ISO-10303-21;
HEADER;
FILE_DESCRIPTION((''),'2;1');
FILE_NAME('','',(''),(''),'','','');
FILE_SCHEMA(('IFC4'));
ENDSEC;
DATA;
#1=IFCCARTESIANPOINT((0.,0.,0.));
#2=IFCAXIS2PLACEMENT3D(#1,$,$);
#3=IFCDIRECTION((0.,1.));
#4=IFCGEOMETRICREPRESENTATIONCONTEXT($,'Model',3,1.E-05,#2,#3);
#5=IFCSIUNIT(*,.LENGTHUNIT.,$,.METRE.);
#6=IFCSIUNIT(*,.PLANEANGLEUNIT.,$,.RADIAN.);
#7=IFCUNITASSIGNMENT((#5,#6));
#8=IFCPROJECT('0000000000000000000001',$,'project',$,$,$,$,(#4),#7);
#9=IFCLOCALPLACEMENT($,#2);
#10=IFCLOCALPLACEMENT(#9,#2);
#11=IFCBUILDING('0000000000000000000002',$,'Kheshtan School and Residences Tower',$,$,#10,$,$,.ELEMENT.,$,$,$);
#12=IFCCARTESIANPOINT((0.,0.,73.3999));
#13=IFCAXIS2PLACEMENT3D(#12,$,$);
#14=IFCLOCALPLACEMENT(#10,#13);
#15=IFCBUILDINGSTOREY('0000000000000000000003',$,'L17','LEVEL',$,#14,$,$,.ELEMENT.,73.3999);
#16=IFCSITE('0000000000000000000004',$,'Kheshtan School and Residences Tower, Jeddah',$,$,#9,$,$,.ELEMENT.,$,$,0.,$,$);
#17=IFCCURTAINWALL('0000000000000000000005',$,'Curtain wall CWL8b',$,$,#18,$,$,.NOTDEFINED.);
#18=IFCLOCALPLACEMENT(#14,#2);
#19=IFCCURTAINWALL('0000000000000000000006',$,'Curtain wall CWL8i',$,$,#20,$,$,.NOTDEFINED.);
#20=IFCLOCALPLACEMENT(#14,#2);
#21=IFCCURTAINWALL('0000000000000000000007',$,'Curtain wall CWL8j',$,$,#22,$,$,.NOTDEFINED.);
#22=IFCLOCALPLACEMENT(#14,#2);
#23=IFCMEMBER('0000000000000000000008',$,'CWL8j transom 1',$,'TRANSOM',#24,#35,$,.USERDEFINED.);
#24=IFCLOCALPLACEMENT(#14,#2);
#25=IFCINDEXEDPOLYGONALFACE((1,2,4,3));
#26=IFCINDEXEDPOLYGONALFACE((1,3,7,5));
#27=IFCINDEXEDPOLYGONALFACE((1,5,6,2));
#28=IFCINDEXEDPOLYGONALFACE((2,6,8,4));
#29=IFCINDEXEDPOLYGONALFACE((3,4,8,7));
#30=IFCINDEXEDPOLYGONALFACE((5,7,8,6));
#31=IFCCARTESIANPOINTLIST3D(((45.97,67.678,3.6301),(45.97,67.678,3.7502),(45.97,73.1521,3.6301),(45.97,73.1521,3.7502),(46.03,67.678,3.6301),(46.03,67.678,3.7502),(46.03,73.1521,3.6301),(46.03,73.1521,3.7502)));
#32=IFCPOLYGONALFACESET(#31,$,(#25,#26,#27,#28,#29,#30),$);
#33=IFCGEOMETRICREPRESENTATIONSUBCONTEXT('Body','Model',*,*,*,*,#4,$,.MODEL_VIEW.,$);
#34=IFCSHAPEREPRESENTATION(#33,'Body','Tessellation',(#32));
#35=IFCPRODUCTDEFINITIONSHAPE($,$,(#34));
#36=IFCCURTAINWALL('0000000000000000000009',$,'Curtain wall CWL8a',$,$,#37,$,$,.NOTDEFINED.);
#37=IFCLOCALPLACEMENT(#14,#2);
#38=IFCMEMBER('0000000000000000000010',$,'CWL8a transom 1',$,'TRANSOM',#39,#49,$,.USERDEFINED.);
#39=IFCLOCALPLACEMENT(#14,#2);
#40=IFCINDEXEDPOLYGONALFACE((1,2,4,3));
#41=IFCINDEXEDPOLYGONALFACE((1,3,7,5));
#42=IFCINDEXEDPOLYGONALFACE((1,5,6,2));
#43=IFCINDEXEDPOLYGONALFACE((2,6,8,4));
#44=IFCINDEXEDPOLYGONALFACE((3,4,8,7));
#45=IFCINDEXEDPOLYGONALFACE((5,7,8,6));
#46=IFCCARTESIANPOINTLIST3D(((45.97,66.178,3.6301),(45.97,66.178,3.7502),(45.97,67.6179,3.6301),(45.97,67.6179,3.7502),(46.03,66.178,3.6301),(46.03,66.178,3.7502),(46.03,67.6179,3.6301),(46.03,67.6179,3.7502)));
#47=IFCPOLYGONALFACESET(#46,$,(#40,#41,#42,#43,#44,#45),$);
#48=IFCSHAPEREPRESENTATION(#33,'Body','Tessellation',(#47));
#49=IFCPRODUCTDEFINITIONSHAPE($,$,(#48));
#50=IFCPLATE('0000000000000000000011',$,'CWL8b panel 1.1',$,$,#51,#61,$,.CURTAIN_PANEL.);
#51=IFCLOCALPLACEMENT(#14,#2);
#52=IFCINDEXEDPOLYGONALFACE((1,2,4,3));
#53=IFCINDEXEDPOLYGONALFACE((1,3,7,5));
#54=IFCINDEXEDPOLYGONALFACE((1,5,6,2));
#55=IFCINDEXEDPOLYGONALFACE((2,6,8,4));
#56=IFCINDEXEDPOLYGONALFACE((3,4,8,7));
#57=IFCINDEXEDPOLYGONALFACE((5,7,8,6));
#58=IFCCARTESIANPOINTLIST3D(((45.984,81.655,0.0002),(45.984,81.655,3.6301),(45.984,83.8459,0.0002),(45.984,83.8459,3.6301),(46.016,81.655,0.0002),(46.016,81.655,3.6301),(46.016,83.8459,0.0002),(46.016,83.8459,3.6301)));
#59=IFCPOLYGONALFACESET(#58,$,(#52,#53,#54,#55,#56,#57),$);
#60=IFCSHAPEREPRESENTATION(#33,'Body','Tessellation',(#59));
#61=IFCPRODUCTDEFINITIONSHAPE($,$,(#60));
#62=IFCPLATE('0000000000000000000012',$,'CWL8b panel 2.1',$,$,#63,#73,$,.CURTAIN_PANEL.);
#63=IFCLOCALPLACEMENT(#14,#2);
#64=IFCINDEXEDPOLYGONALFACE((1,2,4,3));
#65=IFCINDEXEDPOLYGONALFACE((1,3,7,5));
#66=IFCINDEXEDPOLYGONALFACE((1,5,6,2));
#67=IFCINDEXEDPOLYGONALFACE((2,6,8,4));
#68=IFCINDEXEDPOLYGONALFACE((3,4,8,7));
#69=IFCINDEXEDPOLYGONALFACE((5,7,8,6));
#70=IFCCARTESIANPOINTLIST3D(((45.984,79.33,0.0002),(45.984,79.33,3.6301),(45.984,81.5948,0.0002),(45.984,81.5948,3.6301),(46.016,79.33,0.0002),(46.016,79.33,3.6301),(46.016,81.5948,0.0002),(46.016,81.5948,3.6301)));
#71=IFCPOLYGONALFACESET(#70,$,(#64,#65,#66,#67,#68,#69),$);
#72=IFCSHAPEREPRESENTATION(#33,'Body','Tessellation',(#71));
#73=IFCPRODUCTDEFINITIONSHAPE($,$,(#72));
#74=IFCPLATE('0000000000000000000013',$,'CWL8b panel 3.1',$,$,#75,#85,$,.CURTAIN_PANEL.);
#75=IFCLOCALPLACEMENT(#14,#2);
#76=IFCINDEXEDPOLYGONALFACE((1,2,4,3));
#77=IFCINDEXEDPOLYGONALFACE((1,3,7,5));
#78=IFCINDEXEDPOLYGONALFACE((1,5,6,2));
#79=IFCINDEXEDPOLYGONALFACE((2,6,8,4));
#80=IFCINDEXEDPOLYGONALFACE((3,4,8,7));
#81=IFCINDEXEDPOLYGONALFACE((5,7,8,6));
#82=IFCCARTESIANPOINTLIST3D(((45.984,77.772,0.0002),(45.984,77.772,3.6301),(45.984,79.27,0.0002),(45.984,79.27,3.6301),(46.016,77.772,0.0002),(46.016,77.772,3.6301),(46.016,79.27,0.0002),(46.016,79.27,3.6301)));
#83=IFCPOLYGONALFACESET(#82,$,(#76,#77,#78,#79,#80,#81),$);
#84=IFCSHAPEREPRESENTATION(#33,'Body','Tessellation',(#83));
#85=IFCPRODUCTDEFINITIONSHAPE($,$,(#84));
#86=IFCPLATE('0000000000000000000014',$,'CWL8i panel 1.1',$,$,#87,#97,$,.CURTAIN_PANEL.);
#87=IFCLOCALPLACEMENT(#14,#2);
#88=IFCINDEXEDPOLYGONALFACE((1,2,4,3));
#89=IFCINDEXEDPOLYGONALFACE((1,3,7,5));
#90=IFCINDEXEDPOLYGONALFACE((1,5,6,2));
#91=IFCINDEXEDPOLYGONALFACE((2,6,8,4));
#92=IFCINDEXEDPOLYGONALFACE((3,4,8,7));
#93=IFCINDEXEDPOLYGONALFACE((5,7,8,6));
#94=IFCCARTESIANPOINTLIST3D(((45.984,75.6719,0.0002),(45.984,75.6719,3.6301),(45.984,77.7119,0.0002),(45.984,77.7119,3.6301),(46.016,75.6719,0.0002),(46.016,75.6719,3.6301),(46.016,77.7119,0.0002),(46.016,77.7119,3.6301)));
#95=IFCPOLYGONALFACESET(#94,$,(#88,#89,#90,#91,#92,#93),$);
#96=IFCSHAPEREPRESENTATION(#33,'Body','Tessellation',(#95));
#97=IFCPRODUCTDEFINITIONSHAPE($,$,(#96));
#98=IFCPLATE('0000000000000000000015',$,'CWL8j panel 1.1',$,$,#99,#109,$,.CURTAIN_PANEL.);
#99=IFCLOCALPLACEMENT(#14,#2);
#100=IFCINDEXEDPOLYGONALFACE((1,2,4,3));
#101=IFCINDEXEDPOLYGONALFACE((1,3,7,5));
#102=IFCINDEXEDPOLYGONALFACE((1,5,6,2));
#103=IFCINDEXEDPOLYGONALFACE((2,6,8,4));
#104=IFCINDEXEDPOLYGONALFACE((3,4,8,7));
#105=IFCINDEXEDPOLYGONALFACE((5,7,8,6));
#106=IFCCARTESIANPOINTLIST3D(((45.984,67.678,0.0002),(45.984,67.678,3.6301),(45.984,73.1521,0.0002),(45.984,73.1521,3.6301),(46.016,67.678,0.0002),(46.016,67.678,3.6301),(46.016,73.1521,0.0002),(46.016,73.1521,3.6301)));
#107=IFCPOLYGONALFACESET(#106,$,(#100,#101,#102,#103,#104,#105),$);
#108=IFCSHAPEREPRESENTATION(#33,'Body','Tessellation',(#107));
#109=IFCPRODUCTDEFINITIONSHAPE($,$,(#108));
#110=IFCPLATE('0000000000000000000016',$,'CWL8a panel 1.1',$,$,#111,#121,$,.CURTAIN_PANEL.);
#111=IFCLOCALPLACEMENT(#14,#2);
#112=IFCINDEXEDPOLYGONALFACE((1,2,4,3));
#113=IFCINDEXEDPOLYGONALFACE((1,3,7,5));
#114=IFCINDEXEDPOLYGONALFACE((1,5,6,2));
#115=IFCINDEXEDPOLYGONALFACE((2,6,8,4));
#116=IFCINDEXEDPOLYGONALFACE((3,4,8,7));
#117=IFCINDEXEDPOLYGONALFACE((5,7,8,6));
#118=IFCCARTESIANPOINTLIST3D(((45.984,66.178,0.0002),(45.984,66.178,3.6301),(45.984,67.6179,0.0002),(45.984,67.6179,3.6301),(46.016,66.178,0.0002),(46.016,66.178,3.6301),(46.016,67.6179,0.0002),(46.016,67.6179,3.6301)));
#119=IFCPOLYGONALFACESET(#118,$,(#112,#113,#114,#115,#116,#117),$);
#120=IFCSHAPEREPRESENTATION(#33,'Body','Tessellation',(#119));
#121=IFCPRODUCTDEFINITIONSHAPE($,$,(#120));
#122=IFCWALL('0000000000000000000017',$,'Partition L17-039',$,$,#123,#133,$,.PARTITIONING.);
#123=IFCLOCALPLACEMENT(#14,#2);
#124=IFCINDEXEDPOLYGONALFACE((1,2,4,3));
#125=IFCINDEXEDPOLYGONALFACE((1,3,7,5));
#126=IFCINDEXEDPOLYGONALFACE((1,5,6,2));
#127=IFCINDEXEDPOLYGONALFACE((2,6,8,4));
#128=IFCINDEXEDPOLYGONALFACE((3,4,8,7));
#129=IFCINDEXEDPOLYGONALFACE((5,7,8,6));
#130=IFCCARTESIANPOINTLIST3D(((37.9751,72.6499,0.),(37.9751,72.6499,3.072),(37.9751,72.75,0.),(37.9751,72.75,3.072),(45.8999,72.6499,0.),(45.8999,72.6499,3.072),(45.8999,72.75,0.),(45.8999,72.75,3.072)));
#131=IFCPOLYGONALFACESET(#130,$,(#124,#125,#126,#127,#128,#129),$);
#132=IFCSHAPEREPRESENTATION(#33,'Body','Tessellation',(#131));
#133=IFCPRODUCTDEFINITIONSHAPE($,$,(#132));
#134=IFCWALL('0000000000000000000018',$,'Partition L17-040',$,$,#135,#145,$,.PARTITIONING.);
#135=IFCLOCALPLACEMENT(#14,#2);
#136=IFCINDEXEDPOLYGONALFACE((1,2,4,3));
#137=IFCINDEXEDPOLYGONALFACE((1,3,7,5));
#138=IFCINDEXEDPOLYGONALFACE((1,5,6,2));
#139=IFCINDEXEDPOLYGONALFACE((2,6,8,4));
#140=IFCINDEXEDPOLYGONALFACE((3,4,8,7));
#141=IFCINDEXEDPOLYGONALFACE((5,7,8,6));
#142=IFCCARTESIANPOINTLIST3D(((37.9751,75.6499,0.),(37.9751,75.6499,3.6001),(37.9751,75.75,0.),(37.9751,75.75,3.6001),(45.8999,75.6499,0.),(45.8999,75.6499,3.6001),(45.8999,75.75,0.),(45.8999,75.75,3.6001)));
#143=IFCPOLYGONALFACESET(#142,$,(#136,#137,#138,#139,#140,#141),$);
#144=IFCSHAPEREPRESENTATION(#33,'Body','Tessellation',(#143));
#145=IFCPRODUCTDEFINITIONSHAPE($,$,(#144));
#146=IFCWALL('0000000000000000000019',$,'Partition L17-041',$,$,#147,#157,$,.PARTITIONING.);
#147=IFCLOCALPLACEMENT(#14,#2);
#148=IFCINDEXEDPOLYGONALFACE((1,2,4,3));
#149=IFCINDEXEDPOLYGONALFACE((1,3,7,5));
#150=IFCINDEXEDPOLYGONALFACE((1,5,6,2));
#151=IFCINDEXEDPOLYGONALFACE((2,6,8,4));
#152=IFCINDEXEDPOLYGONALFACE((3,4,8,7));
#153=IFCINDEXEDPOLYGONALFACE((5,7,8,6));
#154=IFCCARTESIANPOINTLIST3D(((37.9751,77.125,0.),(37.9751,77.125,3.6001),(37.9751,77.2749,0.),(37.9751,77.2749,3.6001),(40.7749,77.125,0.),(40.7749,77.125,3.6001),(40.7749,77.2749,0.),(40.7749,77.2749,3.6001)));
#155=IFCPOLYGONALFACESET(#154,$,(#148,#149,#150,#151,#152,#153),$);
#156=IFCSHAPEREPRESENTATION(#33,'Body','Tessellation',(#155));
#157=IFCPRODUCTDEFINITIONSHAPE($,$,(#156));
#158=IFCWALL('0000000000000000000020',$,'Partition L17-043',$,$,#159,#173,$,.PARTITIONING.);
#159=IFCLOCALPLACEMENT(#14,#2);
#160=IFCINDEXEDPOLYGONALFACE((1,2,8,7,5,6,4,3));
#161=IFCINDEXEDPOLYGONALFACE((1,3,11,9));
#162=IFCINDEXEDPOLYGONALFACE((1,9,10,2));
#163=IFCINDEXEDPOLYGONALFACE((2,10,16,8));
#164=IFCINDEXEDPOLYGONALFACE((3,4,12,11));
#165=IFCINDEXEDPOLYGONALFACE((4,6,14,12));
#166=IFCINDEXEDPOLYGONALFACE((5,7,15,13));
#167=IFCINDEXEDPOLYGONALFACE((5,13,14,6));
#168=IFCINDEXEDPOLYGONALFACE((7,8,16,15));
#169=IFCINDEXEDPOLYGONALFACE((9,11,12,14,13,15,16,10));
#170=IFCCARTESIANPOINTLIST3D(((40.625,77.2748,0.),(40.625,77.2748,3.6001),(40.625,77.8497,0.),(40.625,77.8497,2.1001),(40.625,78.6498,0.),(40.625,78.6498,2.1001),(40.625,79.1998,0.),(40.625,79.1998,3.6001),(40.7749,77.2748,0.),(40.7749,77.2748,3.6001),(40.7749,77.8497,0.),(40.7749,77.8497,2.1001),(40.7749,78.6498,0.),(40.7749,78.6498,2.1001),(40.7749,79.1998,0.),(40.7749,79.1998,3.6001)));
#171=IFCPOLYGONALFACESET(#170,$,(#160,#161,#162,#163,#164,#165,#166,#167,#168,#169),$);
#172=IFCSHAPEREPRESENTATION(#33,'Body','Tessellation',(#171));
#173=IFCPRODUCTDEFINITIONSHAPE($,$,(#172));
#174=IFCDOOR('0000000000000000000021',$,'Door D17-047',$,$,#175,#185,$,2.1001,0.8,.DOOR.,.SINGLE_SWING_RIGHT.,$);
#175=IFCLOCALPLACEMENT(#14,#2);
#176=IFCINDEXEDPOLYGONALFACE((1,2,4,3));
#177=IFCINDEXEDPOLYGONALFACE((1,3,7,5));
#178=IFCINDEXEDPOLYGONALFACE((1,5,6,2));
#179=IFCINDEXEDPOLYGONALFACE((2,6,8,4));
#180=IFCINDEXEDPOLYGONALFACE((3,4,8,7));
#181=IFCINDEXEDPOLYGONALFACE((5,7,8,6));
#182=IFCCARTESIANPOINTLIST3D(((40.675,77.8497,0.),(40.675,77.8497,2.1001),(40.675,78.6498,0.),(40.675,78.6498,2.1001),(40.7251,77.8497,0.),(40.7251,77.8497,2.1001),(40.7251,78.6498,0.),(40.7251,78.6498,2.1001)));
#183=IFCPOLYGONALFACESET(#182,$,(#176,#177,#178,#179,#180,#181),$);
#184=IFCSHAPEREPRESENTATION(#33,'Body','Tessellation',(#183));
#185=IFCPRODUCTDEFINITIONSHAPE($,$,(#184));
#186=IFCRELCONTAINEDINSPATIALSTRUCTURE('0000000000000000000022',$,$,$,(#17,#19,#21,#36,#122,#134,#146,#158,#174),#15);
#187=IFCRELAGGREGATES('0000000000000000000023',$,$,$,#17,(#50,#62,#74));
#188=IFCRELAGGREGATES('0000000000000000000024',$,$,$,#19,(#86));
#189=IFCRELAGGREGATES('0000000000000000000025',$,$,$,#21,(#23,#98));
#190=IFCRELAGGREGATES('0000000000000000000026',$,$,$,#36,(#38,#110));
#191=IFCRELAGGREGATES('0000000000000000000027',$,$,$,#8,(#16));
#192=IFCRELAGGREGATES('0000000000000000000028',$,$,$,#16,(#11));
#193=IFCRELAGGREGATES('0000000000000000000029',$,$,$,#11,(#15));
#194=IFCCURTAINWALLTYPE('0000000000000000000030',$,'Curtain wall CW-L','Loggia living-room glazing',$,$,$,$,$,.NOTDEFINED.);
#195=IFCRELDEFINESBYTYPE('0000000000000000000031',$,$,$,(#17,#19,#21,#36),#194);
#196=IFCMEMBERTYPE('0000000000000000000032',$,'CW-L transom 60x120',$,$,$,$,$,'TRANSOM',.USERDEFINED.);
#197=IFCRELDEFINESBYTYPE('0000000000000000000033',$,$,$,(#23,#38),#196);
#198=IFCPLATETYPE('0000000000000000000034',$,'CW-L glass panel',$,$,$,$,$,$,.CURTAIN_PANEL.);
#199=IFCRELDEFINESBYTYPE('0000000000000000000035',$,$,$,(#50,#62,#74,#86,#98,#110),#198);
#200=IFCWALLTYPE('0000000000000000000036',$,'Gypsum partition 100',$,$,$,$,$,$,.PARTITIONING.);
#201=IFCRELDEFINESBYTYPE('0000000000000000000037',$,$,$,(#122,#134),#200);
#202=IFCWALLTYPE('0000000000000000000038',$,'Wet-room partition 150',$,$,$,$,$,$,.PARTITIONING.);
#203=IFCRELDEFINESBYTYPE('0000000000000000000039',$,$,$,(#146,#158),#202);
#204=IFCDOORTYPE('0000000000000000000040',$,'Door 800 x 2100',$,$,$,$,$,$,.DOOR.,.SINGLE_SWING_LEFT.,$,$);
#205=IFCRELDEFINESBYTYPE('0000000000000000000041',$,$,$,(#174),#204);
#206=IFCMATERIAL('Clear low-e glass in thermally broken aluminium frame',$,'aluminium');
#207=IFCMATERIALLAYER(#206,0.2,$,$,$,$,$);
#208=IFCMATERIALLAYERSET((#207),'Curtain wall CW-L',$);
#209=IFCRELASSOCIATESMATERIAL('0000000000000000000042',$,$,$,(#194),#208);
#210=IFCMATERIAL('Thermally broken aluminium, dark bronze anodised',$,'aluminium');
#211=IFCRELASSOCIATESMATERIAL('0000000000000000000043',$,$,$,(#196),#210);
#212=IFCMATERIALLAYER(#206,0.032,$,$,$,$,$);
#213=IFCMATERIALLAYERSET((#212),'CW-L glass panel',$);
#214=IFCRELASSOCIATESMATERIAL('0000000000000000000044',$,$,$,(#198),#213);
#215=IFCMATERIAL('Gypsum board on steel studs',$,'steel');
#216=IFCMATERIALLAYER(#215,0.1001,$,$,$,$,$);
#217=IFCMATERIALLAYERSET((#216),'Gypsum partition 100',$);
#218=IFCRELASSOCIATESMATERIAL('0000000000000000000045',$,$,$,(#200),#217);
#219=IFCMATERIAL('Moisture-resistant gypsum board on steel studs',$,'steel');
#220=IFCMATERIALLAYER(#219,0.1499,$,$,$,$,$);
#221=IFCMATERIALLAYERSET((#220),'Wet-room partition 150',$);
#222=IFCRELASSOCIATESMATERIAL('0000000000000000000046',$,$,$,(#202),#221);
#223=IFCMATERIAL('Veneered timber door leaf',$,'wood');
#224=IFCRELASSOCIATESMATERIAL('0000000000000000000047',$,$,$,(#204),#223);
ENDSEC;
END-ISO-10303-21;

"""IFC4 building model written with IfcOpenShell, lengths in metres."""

from ifc_helpers import new_model, si_unit, direction, frame, frame_2d, origin, origin_2d, place, context, subcontext, project, spatial, rectangle, extrude, source, transform, mapped, material, layer, layer_set, material_profile, profile_set, type_object, element, fill, aggregate, save


model = new_model("IFC4")

# Units and contexts
model_context = context("Model", 3, precision=1e-05, world=origin(), true_north=direction((0.0, 1.0)))
body_context = subcontext(model_context, "Body", "Model", "MODEL_VIEW")
ifc_project = project(units=[si_unit("LENGTHUNIT", "METRE"), si_unit("PLANEANGLEUNIT", "RADIAN")], contexts=[model_context])

# Site, building, storey
site_placement = place(None, origin())
site = spatial("IfcSite", under=ifc_project, at=site_placement, Name="Kheshtan School and Residences Tower, Jeddah", CompositionType="ELEMENT", RefElevation=0.0)
building_placement = place(site_placement, origin())
building = spatial("IfcBuilding", under=site, at=building_placement, Name="Kheshtan School and Residences Tower", CompositionType="ELEMENT")
storey_placement = place(building_placement, frame((0.0, 0.0, 73.3999)))
storey = spatial("IfcBuildingStorey", under=building, at=storey_placement, Name="L17", Description="LEVEL", CompositionType="ELEMENT", Elevation=73.3999)

# Curtain wall
ifc_material_1 = material(Name="Clear low-e glass in thermally broken aluminium frame", Category="aluminium")
ifc_layer_1 = layer(ifc_material_1, 0.2)
ifc_layer_set_1 = layer_set([ifc_layer_1], Name="Curtain wall CW-L")
curtain_wall_type = type_object("IfcCurtainWallType", Name="Curtain wall CW-L", Description="Loggia living-room glazing", PredefinedType="NOTDEFINED", material=ifc_layer_set_1)
curtain_wall_1_placement = place(storey_placement, origin())
curtain_wall_1 = element("IfcCurtainWall", 1, at=curtain_wall_1_placement, inside=storey, type_object=curtain_wall_type, Name="Curtain wall CWL8b", PredefinedType="NOTDEFINED")
ifc_material_2 = material(Name="Thermally broken aluminium, dark bronze anodised", Category="aluminium")

# Curtain wall
curtain_wall_2_placement = place(storey_placement, origin())
curtain_wall_2 = element("IfcCurtainWall", 2, at=curtain_wall_2_placement, inside=storey, type_object=curtain_wall_type, Name="Curtain wall CWL8i", PredefinedType="NOTDEFINED")

# Curtain wall
curtain_wall_3_placement = place(storey_placement, origin())
curtain_wall_3 = element("IfcCurtainWall", 3, at=curtain_wall_3_placement, inside=storey, type_object=curtain_wall_type, Name="Curtain wall CWL8j", PredefinedType="NOTDEFINED")

# Member
ifc_material_profile_1 = material_profile(ifc_material_2, rectangle(XDim=0.0601, YDim=0.1201, at=origin_2d()), Name="CW-L transom 60x120")
ifc_profile_set_1 = profile_set([ifc_material_profile_1], Name="Thermally broken aluminium, dark bronze anodised")
member_type_1 = type_object("IfcMemberType", Name="CW-L transom 60x120", ElementType="TRANSOM", PredefinedType="USERDEFINED", material=ifc_profile_set_1)
member_1_placement = place(storey_placement, frame((46.0, 73.1521, 3.6902), z_axis=(0.0, -1.0, 0.0), x_axis=(1.0, 0.0, 0.0)))
member_1 = element("IfcMember", 4, at=member_1_placement, type_object=member_type_1, Name="CWL8j transom 1", ObjectType="TRANSOM", PredefinedType="USERDEFINED", context=body_context, shape_type="SweptSolid", body=[
    extrude(rectangle(XDim=0.0601, YDim=0.1201, at=origin_2d()), origin(), (0.0, 0.0, 1.0), 5.4741),
])

# Curtain wall, member
curtain_wall_4_placement = place(storey_placement, origin())
curtain_wall_4 = element("IfcCurtainWall", 5, at=curtain_wall_4_placement, inside=storey, type_object=curtain_wall_type, Name="Curtain wall CWL8a", PredefinedType="NOTDEFINED")
member_2_placement = place(storey_placement, frame((46.0, 67.6179, 3.6902), z_axis=(0.0, -1.0, 0.0), x_axis=(1.0, 0.0, 0.0)))
member_2 = element("IfcMember", 6, at=member_2_placement, type_object=member_type_1, Name="CWL8a transom 1", ObjectType="TRANSOM", PredefinedType="USERDEFINED", context=body_context, shape_type="SweptSolid", body=[
    extrude(rectangle(XDim=0.0601, YDim=0.1201, at=origin_2d()), origin(), (0.0, 0.0, 1.0), 1.4399),
])

# Plates
ifc_layer_2 = layer(ifc_material_1, 0.032)
ifc_layer_set_2 = layer_set([ifc_layer_2], Name="CW-L glass panel")
plate_type = type_object("IfcPlateType", Name="CW-L glass panel", PredefinedType="CURTAIN_PANEL", material=ifc_layer_set_2)
plate_1_placement = place(storey_placement, frame((46.0, 82.7505, 0.0002), z_axis=(0.0, 0.0, 1.0), x_axis=(0.0, -1.0, 0.0)))
plate_1 = element("IfcPlate", 7, at=plate_1_placement, type_object=plate_type, Name="CWL8b panel 1.1", PredefinedType="CURTAIN_PANEL", context=body_context, shape_type="SweptSolid", body=[
    extrude(rectangle(XDim=2.1909, YDim=0.032, at=origin_2d()), origin(), (0.0, 0.0, 1.0), 3.6299),
])
plate_2_placement = place(storey_placement, frame((46.0, 80.4624, 0.0002), z_axis=(0.0, 0.0, 1.0), x_axis=(0.0, -1.0, 0.0)))
plate_2 = element("IfcPlate", 8, at=plate_2_placement, type_object=plate_type, Name="CWL8b panel 2.1", PredefinedType="CURTAIN_PANEL", context=body_context, shape_type="SweptSolid", body=[
    extrude(rectangle(XDim=2.2649, YDim=0.032, at=origin_2d()), origin(), (0.0, 0.0, 1.0), 3.6299),
])
plate_3_placement = place(storey_placement, frame((46.0, 78.521, 0.0002), z_axis=(0.0, 0.0, 1.0), x_axis=(0.0, -1.0, 0.0)))
plate_3 = element("IfcPlate", 9, at=plate_3_placement, type_object=plate_type, Name="CWL8b panel 3.1", PredefinedType="CURTAIN_PANEL", context=body_context, shape_type="SweptSolid", body=[
    extrude(rectangle(XDim=1.498, YDim=0.032, at=origin_2d()), origin(), (0.0, 0.0, 1.0), 3.6299),
])
aggregate(curtain_wall_1, [plate_1, plate_2, plate_3])
plate_4_placement = place(storey_placement, frame((46.0, 76.6919, 0.0002), z_axis=(0.0, 0.0, 1.0), x_axis=(0.0, -1.0, 0.0)))
plate_4 = element("IfcPlate", 10, at=plate_4_placement, type_object=plate_type, Name="CWL8i panel 1.1", PredefinedType="CURTAIN_PANEL", context=body_context, shape_type="SweptSolid", body=[
    extrude(rectangle(XDim=2.04, YDim=0.032, at=origin_2d()), origin(), (0.0, 0.0, 1.0), 3.6299),
])
aggregate(curtain_wall_2, [plate_4])
plate_5_placement = place(storey_placement, frame((46.0, 70.415, 0.0002), z_axis=(0.0, 0.0, 1.0), x_axis=(0.0, -1.0, 0.0)))
plate_5 = element("IfcPlate", 11, at=plate_5_placement, type_object=plate_type, Name="CWL8j panel 1.1", PredefinedType="CURTAIN_PANEL", context=body_context, shape_type="SweptSolid", body=[
    extrude(rectangle(XDim=5.4741, YDim=0.032, at=origin_2d()), origin(), (0.0, 0.0, 1.0), 3.6299),
])
aggregate(curtain_wall_3, [member_1, plate_5])
plate_6_placement = place(storey_placement, frame((46.0, 66.8979, 0.0002), z_axis=(0.0, 0.0, 1.0), x_axis=(0.0, -1.0, 0.0)))
plate_6 = element("IfcPlate", 12, at=plate_6_placement, type_object=plate_type, Name="CWL8a panel 1.1", PredefinedType="CURTAIN_PANEL", context=body_context, shape_type="SweptSolid", body=[
    extrude(rectangle(XDim=1.4399, YDim=0.032, at=origin_2d()), origin(), (0.0, 0.0, 1.0), 3.6299),
])
aggregate(curtain_wall_4, [member_2, plate_6])

# Walls
ifc_material_3 = material(Name="Gypsum board on steel studs", Category="steel")
ifc_layer_3 = layer(ifc_material_3, 0.1001)
ifc_layer_set_3 = layer_set([ifc_layer_3], Name="Gypsum partition 100")
wall_type_1 = type_object("IfcWallType", Name="Gypsum partition 100", PredefinedType="PARTITIONING", material=ifc_layer_set_3)
wall_1_placement = place(storey_placement, frame((37.9751, 72.7, 0.0), z_axis=(0.0, 0.0, 1.0), x_axis=(1.0, 0.0, 0.0)))
element("IfcWall", 13, at=wall_1_placement, inside=storey, type_object=wall_type_1, Name="Partition L17-039", PredefinedType="PARTITIONING", context=body_context, shape_type="SweptSolid", body=[
    extrude(rectangle(XDim=7.9248, YDim=0.1001, at=frame_2d((3.9624, 0.0))), origin(), (0.0, 0.0, 1.0), 3.072),
])
wall_2_placement = place(storey_placement, frame((37.9751, 75.7, 0.0), z_axis=(0.0, 0.0, 1.0), x_axis=(1.0, 0.0, 0.0)))
element("IfcWall", 14, at=wall_2_placement, inside=storey, type_object=wall_type_1, Name="Partition L17-040", PredefinedType="PARTITIONING", context=body_context, shape_type="SweptSolid", body=[
    extrude(rectangle(XDim=7.9248, YDim=0.1001, at=frame_2d((3.9624, 0.0))), origin(), (0.0, 0.0, 1.0), 3.6001),
])
ifc_material_4 = material(Name="Moisture-resistant gypsum board on steel studs", Category="steel")
ifc_layer_4 = layer(ifc_material_4, 0.1499)
ifc_layer_set_4 = layer_set([ifc_layer_4], Name="Wet-room partition 150")
wall_type_2 = type_object("IfcWallType", Name="Wet-room partition 150", PredefinedType="PARTITIONING", material=ifc_layer_set_4)
wall_3_placement = place(storey_placement, frame((37.9751, 77.2, 0.0), z_axis=(0.0, 0.0, 1.0), x_axis=(1.0, 0.0, 0.0)))
element("IfcWall", 15, at=wall_3_placement, inside=storey, type_object=wall_type_2, Name="Partition L17-041", PredefinedType="PARTITIONING", context=body_context, shape_type="SweptSolid", body=[
    extrude(rectangle(XDim=2.7998, YDim=0.1499, at=frame_2d((1.3999, 0.0))), origin(), (0.0, 0.0, 1.0), 3.6001),
])

# Wall, opening, door
wall_4_placement = place(storey_placement, frame((40.7, 77.2749, 0.0), z_axis=(0.0, 0.0, 1.0), x_axis=(0.0, 1.0, 0.0)))
wall_4 = element("IfcWall", 16, at=wall_4_placement, inside=storey, type_object=wall_type_2, Name="Partition L17-043", PredefinedType="PARTITIONING", context=body_context, shape_type="SweptSolid", body=[
    extrude(rectangle(XDim=1.925, YDim=0.1499, at=frame_2d((0.9624, 0.0))), origin(), (0.0, 0.0, 1.0), 3.6001),
])
opening_1_placement = place(wall_4_placement, frame((0.575, 0.0, 0.0)))
opening_1 = element("IfcOpeningElement", 17, at=opening_1_placement, cuts=wall_4, PredefinedType="OPENING", context=body_context, shape_type="SweptSolid", body=[
    extrude(rectangle(XDim=0.8, YDim=2.1001, at=frame_2d((0.3999, 1.05))), frame((0.0, 0.085, 0.0), z_axis=(0.0, -1.0, 0.0), x_axis=(1.0, 0.0, 0.0)), (0.0, 0.0, 1.0), 0.1699),
])
ifc_material_5 = material(Name="Veneered timber door leaf", Category="wood")
door_type_1 = type_object("IfcDoorType", Name="Door 800 x 2100", OperationType="SINGLE_SWING_LEFT", PredefinedType="DOOR", material=ifc_material_5)
shared_shape_1 = source(origin(), body_context, "Body", "SweptSolid", [
    extrude(rectangle(XDim=0.8, YDim=2.1001, at=frame_2d((0.3999, 1.05))), frame((0.0, 0.0249, 0.0), z_axis=(0.0, -1.0, 0.0), x_axis=(1.0, 0.0, 0.0)), (0.0, 0.0, 1.0), 0.05),
])
door_1_placement = place(opening_1_placement, origin())
door_1 = element("IfcDoor", 18, at=door_1_placement, inside=storey, type_object=door_type_1, Name="Door D17-047", OperationType="SINGLE_SWING_RIGHT", OverallHeight=2.1001, OverallWidth=0.8, PredefinedType="DOOR", context=body_context, shape_type="MappedRepresentation", body=[
    mapped(shared_shape_1, transform((0.0, 0.0, 0.0), x_axis=(1.0, 0.0, 0.0), y_axis=(0.0, 1.0, 0.0), z_axis=(0.0, 0.0, 1.0), scale=1.0)),
])
fill(opening_1, door_1)

save(model, "model.ifc")
